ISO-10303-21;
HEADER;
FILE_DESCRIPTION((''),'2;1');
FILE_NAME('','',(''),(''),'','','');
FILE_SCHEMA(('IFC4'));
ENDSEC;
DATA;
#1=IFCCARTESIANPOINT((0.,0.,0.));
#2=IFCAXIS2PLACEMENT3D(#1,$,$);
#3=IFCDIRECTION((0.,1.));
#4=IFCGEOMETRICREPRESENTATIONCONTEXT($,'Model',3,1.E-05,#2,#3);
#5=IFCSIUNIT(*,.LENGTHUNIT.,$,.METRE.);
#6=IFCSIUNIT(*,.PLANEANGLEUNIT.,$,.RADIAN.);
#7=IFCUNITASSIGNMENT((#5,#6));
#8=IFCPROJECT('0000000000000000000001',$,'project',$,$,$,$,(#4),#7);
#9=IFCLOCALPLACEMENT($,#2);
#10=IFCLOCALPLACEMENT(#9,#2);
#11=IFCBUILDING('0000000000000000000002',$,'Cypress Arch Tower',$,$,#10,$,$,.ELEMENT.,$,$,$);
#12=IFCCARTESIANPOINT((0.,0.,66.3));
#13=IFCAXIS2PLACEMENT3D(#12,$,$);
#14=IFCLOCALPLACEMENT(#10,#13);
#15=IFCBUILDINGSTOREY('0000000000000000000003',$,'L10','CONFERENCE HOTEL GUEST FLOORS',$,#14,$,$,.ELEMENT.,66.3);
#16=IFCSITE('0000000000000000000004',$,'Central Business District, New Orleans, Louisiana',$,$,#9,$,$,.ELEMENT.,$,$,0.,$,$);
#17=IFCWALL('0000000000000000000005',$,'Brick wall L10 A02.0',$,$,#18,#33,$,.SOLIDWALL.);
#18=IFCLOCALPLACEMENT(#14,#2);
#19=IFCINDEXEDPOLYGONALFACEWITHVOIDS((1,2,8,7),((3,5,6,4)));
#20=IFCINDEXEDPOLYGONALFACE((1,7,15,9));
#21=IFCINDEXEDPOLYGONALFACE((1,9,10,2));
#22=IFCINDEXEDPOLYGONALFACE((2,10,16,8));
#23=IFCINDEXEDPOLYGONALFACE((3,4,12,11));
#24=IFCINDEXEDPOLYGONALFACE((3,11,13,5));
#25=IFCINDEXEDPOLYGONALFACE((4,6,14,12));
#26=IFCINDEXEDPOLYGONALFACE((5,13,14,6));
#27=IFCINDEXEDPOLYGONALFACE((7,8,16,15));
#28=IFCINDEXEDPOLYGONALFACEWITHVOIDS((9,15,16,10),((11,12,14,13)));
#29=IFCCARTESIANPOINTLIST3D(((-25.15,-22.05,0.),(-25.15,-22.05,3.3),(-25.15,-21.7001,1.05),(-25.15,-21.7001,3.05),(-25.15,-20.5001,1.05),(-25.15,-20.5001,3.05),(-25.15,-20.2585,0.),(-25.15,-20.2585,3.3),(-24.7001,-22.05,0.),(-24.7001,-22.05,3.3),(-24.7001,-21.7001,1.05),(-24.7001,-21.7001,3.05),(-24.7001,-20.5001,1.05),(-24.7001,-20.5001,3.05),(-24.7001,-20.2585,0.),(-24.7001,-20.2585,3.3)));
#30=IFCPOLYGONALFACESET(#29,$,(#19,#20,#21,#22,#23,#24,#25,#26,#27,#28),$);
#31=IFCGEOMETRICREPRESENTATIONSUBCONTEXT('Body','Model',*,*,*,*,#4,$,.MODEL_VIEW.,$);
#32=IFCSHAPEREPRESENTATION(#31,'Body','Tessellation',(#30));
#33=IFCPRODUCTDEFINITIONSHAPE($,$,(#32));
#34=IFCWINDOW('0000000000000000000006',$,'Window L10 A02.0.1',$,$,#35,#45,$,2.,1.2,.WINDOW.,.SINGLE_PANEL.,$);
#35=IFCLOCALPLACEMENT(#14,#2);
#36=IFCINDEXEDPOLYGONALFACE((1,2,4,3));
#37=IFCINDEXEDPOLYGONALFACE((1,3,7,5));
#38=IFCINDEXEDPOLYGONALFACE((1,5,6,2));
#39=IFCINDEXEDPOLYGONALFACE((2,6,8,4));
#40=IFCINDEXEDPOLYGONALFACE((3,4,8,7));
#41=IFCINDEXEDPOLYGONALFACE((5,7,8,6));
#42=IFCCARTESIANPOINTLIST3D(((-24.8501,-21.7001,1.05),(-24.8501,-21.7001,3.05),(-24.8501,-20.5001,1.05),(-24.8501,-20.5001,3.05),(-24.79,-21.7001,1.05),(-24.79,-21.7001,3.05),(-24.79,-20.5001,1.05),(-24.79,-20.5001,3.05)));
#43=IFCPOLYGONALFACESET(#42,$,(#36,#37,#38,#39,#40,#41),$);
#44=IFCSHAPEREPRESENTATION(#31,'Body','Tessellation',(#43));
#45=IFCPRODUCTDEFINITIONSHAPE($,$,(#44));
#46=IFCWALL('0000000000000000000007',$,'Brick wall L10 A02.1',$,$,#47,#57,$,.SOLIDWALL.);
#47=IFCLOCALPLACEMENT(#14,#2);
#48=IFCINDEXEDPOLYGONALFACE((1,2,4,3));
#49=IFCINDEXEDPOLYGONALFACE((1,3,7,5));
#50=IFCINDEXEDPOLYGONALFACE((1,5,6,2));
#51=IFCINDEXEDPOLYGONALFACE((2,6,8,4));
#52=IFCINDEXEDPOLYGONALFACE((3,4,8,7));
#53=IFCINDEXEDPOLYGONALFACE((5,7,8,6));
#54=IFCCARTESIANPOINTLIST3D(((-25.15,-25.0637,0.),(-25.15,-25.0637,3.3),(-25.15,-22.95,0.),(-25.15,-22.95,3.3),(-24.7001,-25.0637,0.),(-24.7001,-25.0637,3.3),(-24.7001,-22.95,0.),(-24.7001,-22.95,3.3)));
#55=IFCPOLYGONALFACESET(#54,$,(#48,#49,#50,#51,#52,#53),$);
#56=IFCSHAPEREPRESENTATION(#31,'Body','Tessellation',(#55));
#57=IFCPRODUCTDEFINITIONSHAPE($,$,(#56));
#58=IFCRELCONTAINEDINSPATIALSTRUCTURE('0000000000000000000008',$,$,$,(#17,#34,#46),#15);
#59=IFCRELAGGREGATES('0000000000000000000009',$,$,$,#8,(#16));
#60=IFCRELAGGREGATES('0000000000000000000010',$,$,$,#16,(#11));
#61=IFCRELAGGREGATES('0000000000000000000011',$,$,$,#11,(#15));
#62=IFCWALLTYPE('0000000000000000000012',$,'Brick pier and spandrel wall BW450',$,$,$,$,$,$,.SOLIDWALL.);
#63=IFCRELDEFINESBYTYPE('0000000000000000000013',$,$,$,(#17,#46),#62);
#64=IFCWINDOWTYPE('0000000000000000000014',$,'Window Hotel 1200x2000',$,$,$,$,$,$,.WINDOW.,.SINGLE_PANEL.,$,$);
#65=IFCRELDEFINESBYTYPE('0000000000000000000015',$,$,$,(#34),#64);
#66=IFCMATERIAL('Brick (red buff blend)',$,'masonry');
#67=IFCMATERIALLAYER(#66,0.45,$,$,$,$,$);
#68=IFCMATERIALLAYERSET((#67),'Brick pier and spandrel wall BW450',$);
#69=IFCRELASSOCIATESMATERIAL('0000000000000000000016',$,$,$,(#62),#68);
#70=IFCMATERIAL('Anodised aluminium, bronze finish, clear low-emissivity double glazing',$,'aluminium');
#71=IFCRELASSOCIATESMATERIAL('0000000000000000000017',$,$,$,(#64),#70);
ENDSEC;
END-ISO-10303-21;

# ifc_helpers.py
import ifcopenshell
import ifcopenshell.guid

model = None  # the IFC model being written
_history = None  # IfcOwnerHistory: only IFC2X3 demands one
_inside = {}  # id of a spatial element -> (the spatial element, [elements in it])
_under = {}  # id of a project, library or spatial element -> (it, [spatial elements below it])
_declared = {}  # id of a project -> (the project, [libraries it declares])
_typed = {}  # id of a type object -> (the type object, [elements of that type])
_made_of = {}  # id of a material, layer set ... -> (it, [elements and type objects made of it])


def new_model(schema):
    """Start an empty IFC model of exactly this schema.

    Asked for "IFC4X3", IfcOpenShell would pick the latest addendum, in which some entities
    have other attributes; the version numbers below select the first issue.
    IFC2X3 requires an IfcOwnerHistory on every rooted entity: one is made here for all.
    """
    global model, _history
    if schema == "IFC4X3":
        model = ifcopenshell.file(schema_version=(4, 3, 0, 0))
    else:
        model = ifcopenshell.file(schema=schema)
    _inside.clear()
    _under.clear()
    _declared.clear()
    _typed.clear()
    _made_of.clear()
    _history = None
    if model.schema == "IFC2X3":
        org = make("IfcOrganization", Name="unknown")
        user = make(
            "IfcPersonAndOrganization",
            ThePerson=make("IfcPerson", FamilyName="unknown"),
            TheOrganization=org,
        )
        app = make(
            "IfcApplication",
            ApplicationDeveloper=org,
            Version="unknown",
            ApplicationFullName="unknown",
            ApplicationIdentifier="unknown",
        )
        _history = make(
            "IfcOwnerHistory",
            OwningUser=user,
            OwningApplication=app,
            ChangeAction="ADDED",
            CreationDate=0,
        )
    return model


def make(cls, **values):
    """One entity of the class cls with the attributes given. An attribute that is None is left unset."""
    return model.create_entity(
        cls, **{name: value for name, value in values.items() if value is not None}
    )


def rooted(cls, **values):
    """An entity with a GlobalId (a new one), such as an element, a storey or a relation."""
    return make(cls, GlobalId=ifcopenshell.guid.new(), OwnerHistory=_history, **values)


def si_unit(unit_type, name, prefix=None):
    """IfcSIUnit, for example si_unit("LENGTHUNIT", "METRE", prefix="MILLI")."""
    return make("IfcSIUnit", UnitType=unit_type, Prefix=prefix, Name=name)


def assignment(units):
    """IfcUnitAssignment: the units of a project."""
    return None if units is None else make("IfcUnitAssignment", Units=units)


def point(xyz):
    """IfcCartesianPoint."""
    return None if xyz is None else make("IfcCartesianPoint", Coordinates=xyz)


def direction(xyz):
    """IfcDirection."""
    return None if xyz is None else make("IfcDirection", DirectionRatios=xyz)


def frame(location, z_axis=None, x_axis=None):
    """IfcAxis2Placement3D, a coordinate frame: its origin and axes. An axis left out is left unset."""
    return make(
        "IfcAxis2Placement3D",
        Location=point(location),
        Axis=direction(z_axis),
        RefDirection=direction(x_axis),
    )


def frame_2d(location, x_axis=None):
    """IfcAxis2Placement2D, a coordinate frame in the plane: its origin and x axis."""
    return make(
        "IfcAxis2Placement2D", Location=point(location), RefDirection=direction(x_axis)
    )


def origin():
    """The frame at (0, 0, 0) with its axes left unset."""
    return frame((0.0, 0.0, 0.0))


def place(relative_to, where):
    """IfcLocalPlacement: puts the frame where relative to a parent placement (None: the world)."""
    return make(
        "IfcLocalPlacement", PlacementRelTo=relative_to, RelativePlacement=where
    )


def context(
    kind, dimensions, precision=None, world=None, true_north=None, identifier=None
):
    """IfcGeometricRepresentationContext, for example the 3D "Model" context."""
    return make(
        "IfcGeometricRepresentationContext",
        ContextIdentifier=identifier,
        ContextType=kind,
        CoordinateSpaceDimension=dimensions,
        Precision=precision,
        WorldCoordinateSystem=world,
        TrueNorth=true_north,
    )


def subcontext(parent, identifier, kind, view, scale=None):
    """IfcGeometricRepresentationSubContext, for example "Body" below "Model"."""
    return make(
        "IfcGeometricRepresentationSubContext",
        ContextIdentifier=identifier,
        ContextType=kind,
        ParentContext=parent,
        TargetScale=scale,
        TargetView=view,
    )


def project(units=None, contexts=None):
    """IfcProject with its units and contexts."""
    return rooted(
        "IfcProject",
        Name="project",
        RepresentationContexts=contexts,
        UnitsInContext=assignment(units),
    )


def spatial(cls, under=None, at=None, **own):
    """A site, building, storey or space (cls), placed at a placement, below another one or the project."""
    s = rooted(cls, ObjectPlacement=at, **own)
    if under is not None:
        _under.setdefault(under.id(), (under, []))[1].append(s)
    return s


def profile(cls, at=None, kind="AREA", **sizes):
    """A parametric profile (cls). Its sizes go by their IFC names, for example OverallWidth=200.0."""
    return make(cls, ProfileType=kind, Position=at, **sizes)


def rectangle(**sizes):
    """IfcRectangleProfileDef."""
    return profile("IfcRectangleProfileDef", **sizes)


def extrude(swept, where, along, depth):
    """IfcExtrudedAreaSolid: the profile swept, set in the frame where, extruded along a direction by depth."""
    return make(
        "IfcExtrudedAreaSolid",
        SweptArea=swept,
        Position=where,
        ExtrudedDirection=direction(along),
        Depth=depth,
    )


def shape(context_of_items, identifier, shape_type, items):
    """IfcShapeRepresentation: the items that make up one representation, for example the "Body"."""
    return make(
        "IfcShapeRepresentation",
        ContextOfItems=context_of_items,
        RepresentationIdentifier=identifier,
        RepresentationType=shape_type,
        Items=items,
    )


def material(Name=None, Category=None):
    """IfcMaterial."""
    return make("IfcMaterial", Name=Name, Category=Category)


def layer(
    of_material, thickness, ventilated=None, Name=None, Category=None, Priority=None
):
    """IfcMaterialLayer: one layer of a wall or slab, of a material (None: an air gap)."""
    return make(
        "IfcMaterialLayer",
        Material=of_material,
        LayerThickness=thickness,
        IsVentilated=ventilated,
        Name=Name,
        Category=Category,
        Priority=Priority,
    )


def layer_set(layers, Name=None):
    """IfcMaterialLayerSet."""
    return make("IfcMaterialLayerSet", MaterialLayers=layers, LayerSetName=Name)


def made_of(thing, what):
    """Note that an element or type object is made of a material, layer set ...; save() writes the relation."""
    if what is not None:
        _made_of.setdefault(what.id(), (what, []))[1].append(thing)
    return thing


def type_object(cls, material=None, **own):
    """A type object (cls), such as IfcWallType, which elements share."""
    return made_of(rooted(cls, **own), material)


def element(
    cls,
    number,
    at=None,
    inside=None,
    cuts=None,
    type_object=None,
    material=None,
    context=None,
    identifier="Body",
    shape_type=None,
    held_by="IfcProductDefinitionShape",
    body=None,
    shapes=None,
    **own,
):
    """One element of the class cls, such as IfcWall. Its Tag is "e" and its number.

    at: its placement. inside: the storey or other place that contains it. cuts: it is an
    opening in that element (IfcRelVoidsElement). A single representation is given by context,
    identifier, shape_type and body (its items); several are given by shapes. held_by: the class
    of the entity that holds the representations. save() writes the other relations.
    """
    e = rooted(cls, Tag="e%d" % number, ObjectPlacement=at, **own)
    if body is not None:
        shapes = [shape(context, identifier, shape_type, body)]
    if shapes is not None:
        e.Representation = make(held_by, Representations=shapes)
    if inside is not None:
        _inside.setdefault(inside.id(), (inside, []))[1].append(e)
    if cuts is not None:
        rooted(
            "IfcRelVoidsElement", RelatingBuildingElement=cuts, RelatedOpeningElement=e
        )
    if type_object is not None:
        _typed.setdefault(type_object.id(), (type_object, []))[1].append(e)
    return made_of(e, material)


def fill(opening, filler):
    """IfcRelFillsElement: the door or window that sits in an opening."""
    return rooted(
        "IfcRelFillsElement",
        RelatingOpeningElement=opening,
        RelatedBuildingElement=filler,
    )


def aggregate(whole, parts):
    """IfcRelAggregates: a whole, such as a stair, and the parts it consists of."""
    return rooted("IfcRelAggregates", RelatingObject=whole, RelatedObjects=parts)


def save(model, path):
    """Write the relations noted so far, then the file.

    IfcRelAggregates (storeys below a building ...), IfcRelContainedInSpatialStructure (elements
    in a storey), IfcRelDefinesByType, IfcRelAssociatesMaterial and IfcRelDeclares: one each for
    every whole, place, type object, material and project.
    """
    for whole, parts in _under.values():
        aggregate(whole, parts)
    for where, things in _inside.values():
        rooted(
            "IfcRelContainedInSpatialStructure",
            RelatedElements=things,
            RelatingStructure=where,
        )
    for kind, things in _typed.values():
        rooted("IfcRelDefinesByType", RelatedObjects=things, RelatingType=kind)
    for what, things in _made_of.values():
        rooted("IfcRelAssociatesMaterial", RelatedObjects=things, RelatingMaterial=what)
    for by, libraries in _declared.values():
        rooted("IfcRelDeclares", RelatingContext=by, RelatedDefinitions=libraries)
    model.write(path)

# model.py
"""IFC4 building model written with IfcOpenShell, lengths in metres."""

from ifc_helpers import new_model, si_unit, direction, frame, frame_2d, origin, place, context, subcontext, project, spatial, rectangle, extrude, material, layer, layer_set, type_object, element, fill, save


model = new_model("IFC4")

# Units and contexts
model_context = context("Model", 3, precision=1e-05, world=origin(), true_north=direction((0.0, 1.0)))
body_context = subcontext(model_context, "Body", "Model", "MODEL_VIEW")
ifc_project = project(units=[si_unit("LENGTHUNIT", "METRE"), si_unit("PLANEANGLEUNIT", "RADIAN")], contexts=[model_context])

# Site, building, storey
site_placement = place(None, origin())
site = spatial("IfcSite", under=ifc_project, at=site_placement, Name="Central Business District, New Orleans, Louisiana", CompositionType="ELEMENT", RefElevation=0.0)
building_placement = place(site_placement, origin())
building = spatial("IfcBuilding", under=site, at=building_placement, Name="Cypress Arch Tower", CompositionType="ELEMENT")
storey_placement = place(building_placement, frame((0.0, 0.0, 66.3)))
storey = spatial("IfcBuildingStorey", under=building, at=storey_placement, Name="L10", Description="CONFERENCE HOTEL GUEST FLOORS", CompositionType="ELEMENT", Elevation=66.3)

# Wall, opening, window
ifc_material_1 = material(Name="Brick (red buff blend)", Category="masonry")
ifc_layer_1 = layer(ifc_material_1, 0.45)
ifc_layer_set_1 = layer_set([ifc_layer_1], Name="Brick pier and spandrel wall BW450")
wall_type_1 = type_object("IfcWallType", Name="Brick pier and spandrel wall BW450", PredefinedType="SOLIDWALL", material=ifc_layer_set_1)
wall_1_placement = place(storey_placement, frame((-24.925, -20.2585, 0.0), z_axis=(0.0, 0.0, 1.0), x_axis=(0.0, -1.0, 0.0)))
wall_1 = element("IfcWall", 1, at=wall_1_placement, inside=storey, type_object=wall_type_1, Name="Brick wall L10 A02.0", PredefinedType="SOLIDWALL", context=body_context, shape_type="SweptSolid", body=[
    extrude(rectangle(XDim=1.7915, YDim=0.45, at=frame_2d((0.8958, 0.0))), origin(), (0.0, 0.0, 1.0), 3.3),
])
opening_1_placement = place(wall_1_placement, frame((0.2415, 0.0, 1.05)))
opening_1 = element("IfcOpeningElement", 2, at=opening_1_placement, cuts=wall_1, PredefinedType="OPENING", context=body_context, shape_type="SweptSolid", body=[
    extrude(rectangle(XDim=1.2, YDim=2.0, at=frame_2d((0.6001, 1.0))), frame((0.0, 0.2349, 0.0), z_axis=(0.0, -1.0, 0.0), x_axis=(1.0, 0.0, 0.0)), (0.0, 0.0, 1.0), 0.47),
])
ifc_material_2 = material(Name="Anodised aluminium, bronze finish, clear low-emissivity double glazing", Category="aluminium")
window_type_1 = type_object("IfcWindowType", Name="Window Hotel 1200x2000", PartitioningType="SINGLE_PANEL", PredefinedType="WINDOW", material=ifc_material_2)
window_1_placement = place(opening_1_placement, origin())
window_1 = element("IfcWindow", 3, at=window_1_placement, inside=storey, type_object=window_type_1, Name="Window L10 A02.0.1", OverallHeight=2.0, OverallWidth=1.2, PartitioningType="SINGLE_PANEL", PredefinedType="WINDOW", context=body_context, shape_type="SweptSolid", body=[
    extrude(rectangle(XDim=1.2, YDim=2.0, at=frame_2d((0.6001, 1.0))), frame((0.0, 0.135, 0.0), z_axis=(0.0, -1.0, 0.0), x_axis=(1.0, 0.0, 0.0)), (0.0, 0.0, 1.0), 0.0601),
])
fill(opening_1, window_1)

# Wall
wall_2_placement = place(storey_placement, frame((-24.925, -22.95, 0.0), z_axis=(0.0, 0.0, 1.0), x_axis=(0.0, -1.0, 0.0)))
element("IfcWall", 4, at=wall_2_placement, inside=storey, type_object=wall_type_1, Name="Brick wall L10 A02.1", PredefinedType="SOLIDWALL", context=body_context, shape_type="SweptSolid", body=[
    extrude(rectangle(XDim=2.1138, YDim=0.45, at=frame_2d((1.0569, 0.0))), origin(), (0.0, 0.0, 1.0), 3.3),
])

save(model, "model.ifc")
